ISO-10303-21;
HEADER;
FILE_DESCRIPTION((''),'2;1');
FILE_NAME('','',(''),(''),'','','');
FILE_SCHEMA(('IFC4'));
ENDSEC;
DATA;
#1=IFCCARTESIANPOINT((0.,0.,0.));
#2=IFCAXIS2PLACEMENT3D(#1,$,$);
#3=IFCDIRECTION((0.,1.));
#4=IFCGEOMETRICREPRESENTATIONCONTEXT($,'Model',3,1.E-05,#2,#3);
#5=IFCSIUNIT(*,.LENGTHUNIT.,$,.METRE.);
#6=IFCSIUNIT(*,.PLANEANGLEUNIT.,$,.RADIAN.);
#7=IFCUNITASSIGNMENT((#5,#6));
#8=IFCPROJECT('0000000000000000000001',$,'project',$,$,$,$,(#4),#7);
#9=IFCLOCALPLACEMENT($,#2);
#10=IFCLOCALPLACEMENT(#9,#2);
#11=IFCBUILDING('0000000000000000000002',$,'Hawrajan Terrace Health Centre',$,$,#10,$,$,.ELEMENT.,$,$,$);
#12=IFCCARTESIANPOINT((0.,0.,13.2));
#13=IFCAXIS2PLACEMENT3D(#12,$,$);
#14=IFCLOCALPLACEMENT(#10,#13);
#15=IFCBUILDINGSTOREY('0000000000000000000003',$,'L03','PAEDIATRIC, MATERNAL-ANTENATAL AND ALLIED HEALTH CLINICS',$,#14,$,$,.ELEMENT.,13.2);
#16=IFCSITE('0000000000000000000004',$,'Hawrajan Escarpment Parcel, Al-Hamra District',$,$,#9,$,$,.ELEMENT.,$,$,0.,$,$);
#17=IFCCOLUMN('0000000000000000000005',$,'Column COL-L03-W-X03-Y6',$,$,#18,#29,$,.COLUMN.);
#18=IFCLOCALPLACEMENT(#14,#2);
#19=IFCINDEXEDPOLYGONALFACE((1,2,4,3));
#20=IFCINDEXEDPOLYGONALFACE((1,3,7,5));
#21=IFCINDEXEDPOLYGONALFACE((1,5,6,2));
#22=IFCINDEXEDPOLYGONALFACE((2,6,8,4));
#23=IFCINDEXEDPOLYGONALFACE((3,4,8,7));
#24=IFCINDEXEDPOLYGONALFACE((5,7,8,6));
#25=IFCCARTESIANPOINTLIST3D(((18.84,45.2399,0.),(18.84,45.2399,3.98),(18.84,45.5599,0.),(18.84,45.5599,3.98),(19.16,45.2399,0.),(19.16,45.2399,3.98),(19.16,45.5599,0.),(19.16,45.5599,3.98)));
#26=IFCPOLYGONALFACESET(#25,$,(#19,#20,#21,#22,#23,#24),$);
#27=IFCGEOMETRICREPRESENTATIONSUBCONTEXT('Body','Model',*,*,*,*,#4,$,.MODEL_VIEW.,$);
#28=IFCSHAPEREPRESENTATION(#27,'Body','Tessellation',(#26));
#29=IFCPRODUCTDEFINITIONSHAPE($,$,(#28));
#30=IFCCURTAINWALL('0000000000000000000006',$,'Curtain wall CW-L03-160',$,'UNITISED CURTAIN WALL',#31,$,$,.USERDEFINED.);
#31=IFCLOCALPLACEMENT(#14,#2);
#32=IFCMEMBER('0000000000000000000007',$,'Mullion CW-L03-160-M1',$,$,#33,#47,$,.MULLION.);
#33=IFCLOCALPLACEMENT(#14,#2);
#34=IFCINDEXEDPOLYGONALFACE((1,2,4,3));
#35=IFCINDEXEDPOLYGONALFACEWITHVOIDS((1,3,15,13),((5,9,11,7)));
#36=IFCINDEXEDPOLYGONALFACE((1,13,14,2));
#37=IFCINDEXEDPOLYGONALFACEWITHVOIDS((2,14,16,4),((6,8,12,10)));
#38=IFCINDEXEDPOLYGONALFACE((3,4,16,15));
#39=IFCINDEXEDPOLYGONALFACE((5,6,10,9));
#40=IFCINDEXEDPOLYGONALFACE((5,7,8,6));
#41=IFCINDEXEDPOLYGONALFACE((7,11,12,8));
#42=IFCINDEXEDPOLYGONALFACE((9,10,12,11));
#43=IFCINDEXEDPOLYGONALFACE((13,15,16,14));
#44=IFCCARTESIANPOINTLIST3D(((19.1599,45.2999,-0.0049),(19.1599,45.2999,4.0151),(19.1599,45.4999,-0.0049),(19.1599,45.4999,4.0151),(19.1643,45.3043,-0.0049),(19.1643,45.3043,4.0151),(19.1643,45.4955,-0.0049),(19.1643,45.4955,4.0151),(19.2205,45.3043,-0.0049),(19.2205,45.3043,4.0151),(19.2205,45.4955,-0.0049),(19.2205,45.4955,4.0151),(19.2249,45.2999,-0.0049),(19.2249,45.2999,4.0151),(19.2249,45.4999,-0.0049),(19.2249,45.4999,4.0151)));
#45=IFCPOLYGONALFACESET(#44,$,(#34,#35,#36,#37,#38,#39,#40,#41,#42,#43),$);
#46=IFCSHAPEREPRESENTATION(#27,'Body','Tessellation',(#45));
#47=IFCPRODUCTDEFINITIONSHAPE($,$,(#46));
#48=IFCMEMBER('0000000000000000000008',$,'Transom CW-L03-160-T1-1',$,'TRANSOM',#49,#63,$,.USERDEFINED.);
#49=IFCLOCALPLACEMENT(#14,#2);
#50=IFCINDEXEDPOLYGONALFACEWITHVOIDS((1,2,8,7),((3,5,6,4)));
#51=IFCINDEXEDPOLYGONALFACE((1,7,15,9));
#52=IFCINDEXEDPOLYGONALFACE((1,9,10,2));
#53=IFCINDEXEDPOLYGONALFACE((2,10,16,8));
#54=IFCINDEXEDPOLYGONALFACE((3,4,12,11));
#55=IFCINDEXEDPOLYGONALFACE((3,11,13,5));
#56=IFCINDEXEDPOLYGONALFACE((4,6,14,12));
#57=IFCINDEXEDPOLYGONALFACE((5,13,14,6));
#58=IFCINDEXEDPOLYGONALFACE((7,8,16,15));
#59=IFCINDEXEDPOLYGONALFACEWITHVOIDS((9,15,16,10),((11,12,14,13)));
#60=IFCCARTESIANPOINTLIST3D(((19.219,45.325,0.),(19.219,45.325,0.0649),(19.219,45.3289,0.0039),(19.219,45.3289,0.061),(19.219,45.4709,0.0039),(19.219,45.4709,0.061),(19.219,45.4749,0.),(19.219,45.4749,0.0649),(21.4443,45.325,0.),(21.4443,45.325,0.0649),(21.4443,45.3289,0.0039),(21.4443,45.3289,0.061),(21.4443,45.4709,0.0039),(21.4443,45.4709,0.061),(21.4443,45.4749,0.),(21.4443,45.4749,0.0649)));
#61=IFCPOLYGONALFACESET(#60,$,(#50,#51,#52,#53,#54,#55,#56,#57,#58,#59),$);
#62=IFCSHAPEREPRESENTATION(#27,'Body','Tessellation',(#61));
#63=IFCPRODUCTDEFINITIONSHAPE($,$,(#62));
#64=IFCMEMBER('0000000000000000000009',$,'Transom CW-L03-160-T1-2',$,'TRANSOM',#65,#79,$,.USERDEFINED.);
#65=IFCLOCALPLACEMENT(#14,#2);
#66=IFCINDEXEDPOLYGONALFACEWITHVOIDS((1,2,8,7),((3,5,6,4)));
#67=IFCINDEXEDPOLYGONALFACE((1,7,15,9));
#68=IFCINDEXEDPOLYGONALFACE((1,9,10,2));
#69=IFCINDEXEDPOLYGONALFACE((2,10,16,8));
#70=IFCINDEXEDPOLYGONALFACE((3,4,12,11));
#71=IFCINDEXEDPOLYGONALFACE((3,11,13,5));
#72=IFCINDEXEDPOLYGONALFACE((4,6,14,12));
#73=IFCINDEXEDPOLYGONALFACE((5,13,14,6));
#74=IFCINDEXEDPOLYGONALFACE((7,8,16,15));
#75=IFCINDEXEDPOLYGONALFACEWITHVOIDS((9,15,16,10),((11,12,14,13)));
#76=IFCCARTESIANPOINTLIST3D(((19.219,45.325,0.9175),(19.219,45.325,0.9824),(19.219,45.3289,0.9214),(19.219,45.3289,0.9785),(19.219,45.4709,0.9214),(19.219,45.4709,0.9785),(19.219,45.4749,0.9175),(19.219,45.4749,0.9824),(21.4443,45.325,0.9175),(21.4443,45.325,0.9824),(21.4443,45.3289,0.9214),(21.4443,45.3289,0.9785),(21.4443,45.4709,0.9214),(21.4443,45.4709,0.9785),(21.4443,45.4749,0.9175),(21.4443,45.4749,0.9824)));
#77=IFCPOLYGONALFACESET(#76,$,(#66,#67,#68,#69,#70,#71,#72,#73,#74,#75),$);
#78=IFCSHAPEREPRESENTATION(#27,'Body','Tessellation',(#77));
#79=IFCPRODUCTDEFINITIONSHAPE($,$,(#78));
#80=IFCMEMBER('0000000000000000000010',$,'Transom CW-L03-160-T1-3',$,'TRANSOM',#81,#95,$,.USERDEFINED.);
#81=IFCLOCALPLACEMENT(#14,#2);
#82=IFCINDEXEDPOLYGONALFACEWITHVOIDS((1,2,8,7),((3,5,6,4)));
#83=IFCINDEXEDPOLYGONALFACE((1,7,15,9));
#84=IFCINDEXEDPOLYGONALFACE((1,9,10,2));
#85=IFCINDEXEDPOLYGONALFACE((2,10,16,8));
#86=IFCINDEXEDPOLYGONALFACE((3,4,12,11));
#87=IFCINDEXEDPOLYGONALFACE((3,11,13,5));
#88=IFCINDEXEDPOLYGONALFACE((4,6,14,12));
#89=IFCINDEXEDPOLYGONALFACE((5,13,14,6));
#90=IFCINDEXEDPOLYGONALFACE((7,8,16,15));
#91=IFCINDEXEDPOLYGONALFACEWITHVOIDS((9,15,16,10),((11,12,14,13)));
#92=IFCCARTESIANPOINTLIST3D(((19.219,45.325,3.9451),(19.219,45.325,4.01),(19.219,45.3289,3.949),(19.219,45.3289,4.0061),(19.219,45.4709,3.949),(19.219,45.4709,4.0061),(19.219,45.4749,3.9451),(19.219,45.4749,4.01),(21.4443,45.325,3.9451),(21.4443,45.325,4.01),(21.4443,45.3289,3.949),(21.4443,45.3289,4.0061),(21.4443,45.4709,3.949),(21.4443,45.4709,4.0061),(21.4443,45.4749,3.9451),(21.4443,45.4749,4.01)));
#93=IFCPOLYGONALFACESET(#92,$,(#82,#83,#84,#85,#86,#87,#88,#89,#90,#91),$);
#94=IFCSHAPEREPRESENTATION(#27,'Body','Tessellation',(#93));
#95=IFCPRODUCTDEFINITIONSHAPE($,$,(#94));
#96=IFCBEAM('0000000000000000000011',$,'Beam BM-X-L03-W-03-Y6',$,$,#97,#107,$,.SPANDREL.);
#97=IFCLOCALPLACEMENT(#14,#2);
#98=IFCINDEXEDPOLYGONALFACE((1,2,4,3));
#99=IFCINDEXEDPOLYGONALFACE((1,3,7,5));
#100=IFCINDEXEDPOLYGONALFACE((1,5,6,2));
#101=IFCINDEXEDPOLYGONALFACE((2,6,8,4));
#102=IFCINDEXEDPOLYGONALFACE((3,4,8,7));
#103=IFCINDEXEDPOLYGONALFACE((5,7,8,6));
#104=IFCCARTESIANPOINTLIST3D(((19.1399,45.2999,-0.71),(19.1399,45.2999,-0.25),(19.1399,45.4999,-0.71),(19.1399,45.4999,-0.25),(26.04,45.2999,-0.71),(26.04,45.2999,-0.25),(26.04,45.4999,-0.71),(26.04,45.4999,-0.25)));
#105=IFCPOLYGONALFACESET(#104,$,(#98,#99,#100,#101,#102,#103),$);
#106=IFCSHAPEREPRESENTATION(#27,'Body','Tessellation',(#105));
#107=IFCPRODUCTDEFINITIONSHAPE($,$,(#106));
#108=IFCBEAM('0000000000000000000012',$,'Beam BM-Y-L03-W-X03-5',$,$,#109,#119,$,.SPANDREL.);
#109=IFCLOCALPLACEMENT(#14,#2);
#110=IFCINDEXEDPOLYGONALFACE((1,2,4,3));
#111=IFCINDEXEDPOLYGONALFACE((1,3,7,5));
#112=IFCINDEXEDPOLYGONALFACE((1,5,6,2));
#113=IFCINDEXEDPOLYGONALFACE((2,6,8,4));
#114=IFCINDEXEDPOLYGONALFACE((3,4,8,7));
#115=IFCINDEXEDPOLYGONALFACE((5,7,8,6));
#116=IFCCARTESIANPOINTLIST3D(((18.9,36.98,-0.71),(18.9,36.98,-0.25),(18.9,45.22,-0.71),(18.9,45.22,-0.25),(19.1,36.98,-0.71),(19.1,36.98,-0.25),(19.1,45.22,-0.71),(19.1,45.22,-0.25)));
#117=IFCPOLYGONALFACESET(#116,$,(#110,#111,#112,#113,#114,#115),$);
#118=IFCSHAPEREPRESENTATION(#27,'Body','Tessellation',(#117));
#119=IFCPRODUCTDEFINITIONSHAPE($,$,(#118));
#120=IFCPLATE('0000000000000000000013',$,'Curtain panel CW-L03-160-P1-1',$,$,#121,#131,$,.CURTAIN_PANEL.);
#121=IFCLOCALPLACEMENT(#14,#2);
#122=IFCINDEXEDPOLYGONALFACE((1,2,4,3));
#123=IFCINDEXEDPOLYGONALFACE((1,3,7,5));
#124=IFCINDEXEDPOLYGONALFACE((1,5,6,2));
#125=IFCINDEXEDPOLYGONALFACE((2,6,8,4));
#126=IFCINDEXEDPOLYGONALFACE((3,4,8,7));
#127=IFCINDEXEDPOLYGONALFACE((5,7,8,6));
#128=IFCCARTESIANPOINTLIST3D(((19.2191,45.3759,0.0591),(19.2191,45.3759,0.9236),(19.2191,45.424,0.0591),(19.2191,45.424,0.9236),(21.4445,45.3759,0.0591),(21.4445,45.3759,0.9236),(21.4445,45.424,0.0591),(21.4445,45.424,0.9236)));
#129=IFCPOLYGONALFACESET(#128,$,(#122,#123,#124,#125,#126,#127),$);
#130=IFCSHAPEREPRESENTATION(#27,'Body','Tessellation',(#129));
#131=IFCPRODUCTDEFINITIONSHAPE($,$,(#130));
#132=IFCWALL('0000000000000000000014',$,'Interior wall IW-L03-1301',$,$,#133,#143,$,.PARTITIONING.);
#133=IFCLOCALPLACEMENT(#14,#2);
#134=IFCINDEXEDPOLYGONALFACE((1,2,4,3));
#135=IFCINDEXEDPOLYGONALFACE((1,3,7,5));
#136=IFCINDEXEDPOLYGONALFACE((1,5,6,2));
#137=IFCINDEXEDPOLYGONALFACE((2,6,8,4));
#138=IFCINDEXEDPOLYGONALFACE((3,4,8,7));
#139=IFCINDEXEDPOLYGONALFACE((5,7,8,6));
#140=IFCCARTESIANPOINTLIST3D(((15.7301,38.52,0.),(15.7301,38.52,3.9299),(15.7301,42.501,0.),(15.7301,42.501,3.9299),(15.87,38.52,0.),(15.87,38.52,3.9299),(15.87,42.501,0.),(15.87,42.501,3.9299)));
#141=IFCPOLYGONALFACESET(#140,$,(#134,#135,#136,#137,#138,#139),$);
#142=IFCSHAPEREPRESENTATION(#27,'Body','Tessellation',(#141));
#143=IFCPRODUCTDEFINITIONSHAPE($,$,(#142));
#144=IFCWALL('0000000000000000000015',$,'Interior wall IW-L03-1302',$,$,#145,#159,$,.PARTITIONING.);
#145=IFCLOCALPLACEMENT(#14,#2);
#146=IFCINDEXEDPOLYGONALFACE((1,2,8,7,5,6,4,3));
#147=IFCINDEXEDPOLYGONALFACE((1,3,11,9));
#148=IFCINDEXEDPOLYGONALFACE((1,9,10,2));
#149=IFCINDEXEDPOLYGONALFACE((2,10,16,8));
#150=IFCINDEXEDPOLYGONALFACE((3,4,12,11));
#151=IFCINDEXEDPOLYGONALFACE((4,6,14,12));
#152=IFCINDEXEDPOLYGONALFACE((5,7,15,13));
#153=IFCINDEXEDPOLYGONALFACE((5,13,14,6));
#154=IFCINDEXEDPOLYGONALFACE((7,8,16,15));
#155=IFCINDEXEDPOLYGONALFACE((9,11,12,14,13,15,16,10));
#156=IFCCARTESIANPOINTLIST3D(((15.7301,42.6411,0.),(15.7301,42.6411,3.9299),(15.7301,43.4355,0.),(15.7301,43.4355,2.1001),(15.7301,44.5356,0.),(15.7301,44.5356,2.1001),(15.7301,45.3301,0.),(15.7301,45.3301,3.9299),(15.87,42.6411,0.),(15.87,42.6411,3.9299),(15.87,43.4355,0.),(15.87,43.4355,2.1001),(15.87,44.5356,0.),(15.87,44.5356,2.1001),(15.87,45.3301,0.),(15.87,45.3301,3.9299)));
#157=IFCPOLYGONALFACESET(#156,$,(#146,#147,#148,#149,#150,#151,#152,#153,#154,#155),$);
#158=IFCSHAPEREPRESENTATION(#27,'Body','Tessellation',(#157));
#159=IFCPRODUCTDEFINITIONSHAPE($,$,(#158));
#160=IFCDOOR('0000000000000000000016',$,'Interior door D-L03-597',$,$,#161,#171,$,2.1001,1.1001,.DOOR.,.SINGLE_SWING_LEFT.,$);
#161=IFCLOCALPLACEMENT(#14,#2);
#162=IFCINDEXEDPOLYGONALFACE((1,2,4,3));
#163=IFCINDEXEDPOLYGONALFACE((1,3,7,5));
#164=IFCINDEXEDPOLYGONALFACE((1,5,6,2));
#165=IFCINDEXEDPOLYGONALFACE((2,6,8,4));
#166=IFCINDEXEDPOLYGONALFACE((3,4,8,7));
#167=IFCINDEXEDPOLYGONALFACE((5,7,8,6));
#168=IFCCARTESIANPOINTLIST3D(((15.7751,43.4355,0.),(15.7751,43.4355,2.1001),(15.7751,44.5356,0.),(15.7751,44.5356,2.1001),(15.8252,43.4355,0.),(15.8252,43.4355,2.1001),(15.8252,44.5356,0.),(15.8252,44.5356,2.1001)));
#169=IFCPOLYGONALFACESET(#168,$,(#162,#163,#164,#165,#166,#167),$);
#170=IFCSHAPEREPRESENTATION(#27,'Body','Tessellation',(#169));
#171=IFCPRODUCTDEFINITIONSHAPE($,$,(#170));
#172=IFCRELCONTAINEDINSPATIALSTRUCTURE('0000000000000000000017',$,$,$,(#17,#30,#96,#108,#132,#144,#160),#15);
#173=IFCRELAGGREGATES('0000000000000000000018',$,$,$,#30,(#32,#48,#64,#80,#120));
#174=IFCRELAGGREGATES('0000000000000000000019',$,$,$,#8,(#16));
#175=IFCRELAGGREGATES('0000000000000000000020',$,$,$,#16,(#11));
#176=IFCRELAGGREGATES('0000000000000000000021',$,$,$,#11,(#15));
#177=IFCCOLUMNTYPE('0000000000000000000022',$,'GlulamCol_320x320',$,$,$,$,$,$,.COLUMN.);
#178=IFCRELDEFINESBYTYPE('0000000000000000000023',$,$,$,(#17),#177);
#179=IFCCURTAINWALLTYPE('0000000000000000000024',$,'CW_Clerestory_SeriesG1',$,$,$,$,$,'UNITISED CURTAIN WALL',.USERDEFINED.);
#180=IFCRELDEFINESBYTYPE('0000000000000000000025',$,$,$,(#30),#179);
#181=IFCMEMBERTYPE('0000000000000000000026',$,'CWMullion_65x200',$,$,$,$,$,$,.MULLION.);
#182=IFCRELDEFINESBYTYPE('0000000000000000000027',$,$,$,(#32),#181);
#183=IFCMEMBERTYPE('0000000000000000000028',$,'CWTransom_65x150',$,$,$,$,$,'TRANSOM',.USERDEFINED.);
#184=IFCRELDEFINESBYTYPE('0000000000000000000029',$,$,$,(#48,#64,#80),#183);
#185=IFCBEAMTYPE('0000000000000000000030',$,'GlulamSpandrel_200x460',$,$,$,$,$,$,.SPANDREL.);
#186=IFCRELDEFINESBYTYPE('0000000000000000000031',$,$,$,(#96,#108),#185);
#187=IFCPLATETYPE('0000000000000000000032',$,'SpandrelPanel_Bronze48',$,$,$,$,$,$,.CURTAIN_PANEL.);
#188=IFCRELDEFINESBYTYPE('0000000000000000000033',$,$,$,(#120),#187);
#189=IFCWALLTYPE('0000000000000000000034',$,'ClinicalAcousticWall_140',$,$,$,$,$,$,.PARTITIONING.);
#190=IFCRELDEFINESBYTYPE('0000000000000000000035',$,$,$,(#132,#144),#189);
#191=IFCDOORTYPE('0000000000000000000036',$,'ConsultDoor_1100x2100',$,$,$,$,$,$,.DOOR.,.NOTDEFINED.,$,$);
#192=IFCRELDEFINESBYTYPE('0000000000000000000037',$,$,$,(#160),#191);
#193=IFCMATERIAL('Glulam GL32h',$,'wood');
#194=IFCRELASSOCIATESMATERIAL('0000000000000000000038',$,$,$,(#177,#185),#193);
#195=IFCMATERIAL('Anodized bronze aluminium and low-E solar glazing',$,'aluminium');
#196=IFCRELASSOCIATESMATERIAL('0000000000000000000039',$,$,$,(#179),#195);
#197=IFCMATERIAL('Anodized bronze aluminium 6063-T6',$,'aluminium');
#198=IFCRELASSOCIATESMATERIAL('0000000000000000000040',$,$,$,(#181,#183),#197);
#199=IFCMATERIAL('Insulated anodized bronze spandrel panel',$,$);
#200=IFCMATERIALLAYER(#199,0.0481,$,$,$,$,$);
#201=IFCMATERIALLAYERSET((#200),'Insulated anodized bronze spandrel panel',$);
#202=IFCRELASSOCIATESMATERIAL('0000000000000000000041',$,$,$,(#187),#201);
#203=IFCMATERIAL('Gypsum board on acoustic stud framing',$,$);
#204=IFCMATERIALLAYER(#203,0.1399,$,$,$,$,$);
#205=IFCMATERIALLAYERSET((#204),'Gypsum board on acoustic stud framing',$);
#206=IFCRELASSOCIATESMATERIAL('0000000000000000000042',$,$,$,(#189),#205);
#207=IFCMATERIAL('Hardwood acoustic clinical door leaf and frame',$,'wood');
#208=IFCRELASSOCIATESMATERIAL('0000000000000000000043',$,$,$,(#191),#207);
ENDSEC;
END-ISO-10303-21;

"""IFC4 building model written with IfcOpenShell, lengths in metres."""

from ifc_helpers import new_model, si_unit, direction, frame, frame_2d, origin, origin_2d, place, context, subcontext, project, spatial, rectangle, hollow_rectangle, extrude, material, layer, layer_set, material_profile, profile_set, type_object, element, fill, aggregate, save


model = new_model("IFC4")

# Units and contexts
model_context = context("Model", 3, precision=1e-05, world=origin(), true_north=direction((0.0, 1.0)))
body_context = subcontext(model_context, "Body", "Model", "MODEL_VIEW")
ifc_project = project(units=[si_unit("LENGTHUNIT", "METRE"), si_unit("PLANEANGLEUNIT", "RADIAN")], contexts=[model_context])

# Site, building, storey
site_placement = place(None, origin())
site = spatial("IfcSite", under=ifc_project, at=site_placement, Name="Hawrajan Escarpment Parcel, Al-Hamra District", CompositionType="ELEMENT", RefElevation=0.0)
building_placement = place(site_placement, origin())
building = spatial("IfcBuilding", under=site, at=building_placement, Name="Hawrajan Terrace Health Centre", CompositionType="ELEMENT")
storey_placement = place(building_placement, frame((0.0, 0.0, 13.2)))
storey = spatial("IfcBuildingStorey", under=building, at=storey_placement, Name="L03", Description="PAEDIATRIC, MATERNAL-ANTENATAL AND ALLIED HEALTH CLINICS", CompositionType="ELEMENT", Elevation=13.2)

# Column
ifc_material_1 = material(Name="Glulam GL32h", Category="wood")
ifc_material_profile_1 = material_profile(ifc_material_1, rectangle(XDim=0.3201, YDim=0.3201, at=origin_2d()), Name="GL 320x320")
ifc_profile_set_1 = profile_set([ifc_material_profile_1], Name="Glulam GL32h")
column_type = type_object("IfcColumnType", Name="GlulamCol_320x320", PredefinedType="COLUMN", material=ifc_profile_set_1)
column_placement = place(storey_placement, frame((19.0, 45.3999, 0.0), z_axis=(0.0, 0.0, 1.0), x_axis=(1.0, 0.0, 0.0)))
element("IfcColumn", 1, at=column_placement, inside=storey, type_object=column_type, Name="Column COL-L03-W-X03-Y6", PredefinedType="COLUMN", context=body_context, shape_type="SweptSolid", body=[
    extrude(rectangle(XDim=0.3201, YDim=0.3201, at=origin_2d()), origin(), (0.0, 0.0, 1.0), 3.98),
])

# Curtain wall, members
ifc_material_2 = material(Name="Anodized bronze aluminium and low-E solar glazing", Category="aluminium")
curtain_wall_type = type_object("IfcCurtainWallType", Name="CW_Clerestory_SeriesG1", ElementType="UNITISED CURTAIN WALL", PredefinedType="USERDEFINED", material=ifc_material_2)
curtain_wall_placement = place(storey_placement, origin())
curtain_wall = element("IfcCurtainWall", 2, at=curtain_wall_placement, inside=storey, type_object=curtain_wall_type, Name="Curtain wall CW-L03-160", ObjectType="UNITISED CURTAIN WALL", PredefinedType="USERDEFINED")
ifc_material_3 = material(Name="Anodized bronze aluminium 6063-T6", Category="aluminium")
ifc_material_profile_2 = material_profile(ifc_material_3, hollow_rectangle(XDim=0.0649, YDim=0.2, WallThickness=0.0044, at=origin_2d()), Name="CW MUL 65x200")
ifc_profile_set_2 = profile_set([ifc_material_profile_2], Name="Anodized bronze aluminium 6063-T6")
member_type_1 = type_object("IfcMemberType", Name="CWMullion_65x200", PredefinedType="MULLION", material=ifc_profile_set_2)
member_1_placement = place(storey_placement, frame((19.1924, 45.3999, -0.0049), z_axis=(0.0, 0.0, 1.0), x_axis=(1.0, 0.0, 0.0)))
member_1 = element("IfcMember", 3, at=member_1_placement, type_object=member_type_1, Name="Mullion CW-L03-160-M1", PredefinedType="MULLION", context=body_context, shape_type="SweptSolid", body=[
    extrude(hollow_rectangle(XDim=0.0649, YDim=0.2, WallThickness=0.0044, at=origin_2d()), origin(), (0.0, 0.0, 1.0), 4.02),
])
ifc_material_profile_3 = material_profile(ifc_material_3, hollow_rectangle(XDim=0.0649, YDim=0.1499, WallThickness=0.0039, at=origin_2d()), Name="CW TRN 65x150")
ifc_profile_set_3 = profile_set([ifc_material_profile_3], Name="Anodized bronze aluminium 6063-T6")
member_type_2 = type_object("IfcMemberType", Name="CWTransom_65x150", ElementType="TRANSOM", PredefinedType="USERDEFINED", material=ifc_profile_set_3)
member_2_placement = place(storey_placement, frame((19.219, 45.3999, 0.0325), z_axis=(1.0, 0.0, 0.0), x_axis=(0.0, 0.0, 1.0)))
member_2 = element("IfcMember", 4, at=member_2_placement, type_object=member_type_2, Name="Transom CW-L03-160-T1-1", ObjectType="TRANSOM", PredefinedType="USERDEFINED", context=body_context, shape_type="SweptSolid", body=[
    extrude(hollow_rectangle(XDim=0.0649, YDim=0.1499, WallThickness=0.0039, at=origin_2d()), origin(), (0.0, 0.0, 1.0), 2.2253),
])
member_3_placement = place(storey_placement, frame((19.219, 45.3999, 0.95), z_axis=(1.0, 0.0, 0.0), x_axis=(0.0, 0.0, 1.0)))
member_3 = element("IfcMember", 5, at=member_3_placement, type_object=member_type_2, Name="Transom CW-L03-160-T1-2", ObjectType="TRANSOM", PredefinedType="USERDEFINED", context=body_context, shape_type="SweptSolid", body=[
    extrude(hollow_rectangle(XDim=0.0649, YDim=0.1499, WallThickness=0.0039, at=origin_2d()), origin(), (0.0, 0.0, 1.0), 2.2253),
])
member_4_placement = place(storey_placement, frame((19.219, 45.3999, 3.9775), z_axis=(1.0, 0.0, 0.0), x_axis=(0.0, 0.0, 1.0)))
member_4 = element("IfcMember", 6, at=member_4_placement, type_object=member_type_2, Name="Transom CW-L03-160-T1-3", ObjectType="TRANSOM", PredefinedType="USERDEFINED", context=body_context, shape_type="SweptSolid", body=[
    extrude(hollow_rectangle(XDim=0.0649, YDim=0.1499, WallThickness=0.0039, at=origin_2d()), origin(), (0.0, 0.0, 1.0), 2.2253),
])

# Beams
ifc_material_profile_4 = material_profile(ifc_material_1, rectangle(XDim=0.2, YDim=0.46, at=origin_2d()), Name="GL SP 200x460")
ifc_profile_set_4 = profile_set([ifc_material_profile_4], Name="Glulam GL32h")
beam_type = type_object("IfcBeamType", Name="GlulamSpandrel_200x460", PredefinedType="SPANDREL", material=ifc_profile_set_4)
beam_1_placement = place(storey_placement, frame((19.1399, 45.3999, -0.48), z_axis=(1.0, 0.0, 0.0), x_axis=(0.0, 1.0, 0.0)))
element("IfcBeam", 7, at=beam_1_placement, inside=storey, type_object=beam_type, Name="Beam BM-X-L03-W-03-Y6", PredefinedType="SPANDREL", context=body_context, shape_type="SweptSolid", body=[
    extrude(rectangle(XDim=0.2, YDim=0.46, at=origin_2d()), origin(), (0.0, 0.0, 1.0), 6.9001),
])
beam_2_placement = place(storey_placement, frame((19.0, 36.98, -0.48), z_axis=(0.0, 1.0, 0.0), x_axis=(-1.0, 0.0, 0.0)))
element("IfcBeam", 8, at=beam_2_placement, inside=storey, type_object=beam_type, Name="Beam BM-Y-L03-W-X03-5", PredefinedType="SPANDREL", context=body_context, shape_type="SweptSolid", body=[
    extrude(rectangle(XDim=0.2, YDim=0.46, at=origin_2d()), origin(), (0.0, 0.0, 1.0), 8.24),
])

# Plate
ifc_material_4 = material(Name="Insulated anodized bronze spandrel panel")
ifc_layer_1 = layer(ifc_material_4, 0.0481)
ifc_layer_set_1 = layer_set([ifc_layer_1], Name="Insulated anodized bronze spandrel panel")
plate_type = type_object("IfcPlateType", Name="SpandrelPanel_Bronze48", PredefinedType="CURTAIN_PANEL", material=ifc_layer_set_1)
plate_placement = place(storey_placement, frame((20.3318, 45.3999, 0.0591), z_axis=(0.0, 0.0, 1.0), x_axis=(1.0, 0.0, 0.0)))
plate = element("IfcPlate", 9, at=plate_placement, type_object=plate_type, Name="Curtain panel CW-L03-160-P1-1", PredefinedType="CURTAIN_PANEL", context=body_context, shape_type="SweptSolid", body=[
    extrude(rectangle(XDim=2.2253, YDim=0.0481, at=origin_2d()), origin(), (0.0, 0.0, 1.0), 0.8645),
])
aggregate(curtain_wall, [member_1, member_2, member_3, member_4, plate])

# Wall
ifc_material_5 = material(Name="Gypsum board on acoustic stud framing")
ifc_layer_2 = layer(ifc_material_5, 0.1399)
ifc_layer_set_2 = layer_set([ifc_layer_2], Name="Gypsum board on acoustic stud framing")
wall_type_1 = type_object("IfcWallType", Name="ClinicalAcousticWall_140", PredefinedType="PARTITIONING", material=ifc_layer_set_2)
wall_1_placement = place(storey_placement, frame((15.8, 38.52, 0.0), z_axis=(0.0, 0.0, 1.0), x_axis=(0.0, 1.0, 0.0)))
element("IfcWall", 10, at=wall_1_placement, inside=storey, type_object=wall_type_1, Name="Interior wall IW-L03-1301", PredefinedType="PARTITIONING", context=body_context, shape_type="SweptSolid", body=[
    extrude(rectangle(XDim=3.981, YDim=0.1399, at=frame_2d((1.9905, 0.0))), origin(), (0.0, 0.0, 1.0), 3.9299),
])

# Wall, opening, door
wall_2_placement = place(storey_placement, frame((15.8, 42.6411, 0.0), z_axis=(0.0, 0.0, 1.0), x_axis=(0.0, 1.0, 0.0)))
wall_2 = element("IfcWall", 11, at=wall_2_placement, inside=storey, type_object=wall_type_1, Name="Interior wall IW-L03-1302", PredefinedType="PARTITIONING", context=body_context, shape_type="SweptSolid", body=[
    extrude(rectangle(XDim=2.689, YDim=0.1399, at=frame_2d((1.3445, 0.0))), origin(), (0.0, 0.0, 1.0), 3.9299),
])
opening_1_placement = place(wall_2_placement, frame((0.7944, 0.0, 0.0)))
opening_1 = element("IfcOpeningElement", 12, at=opening_1_placement, cuts=wall_2, PredefinedType="OPENING", context=body_context, shape_type="SweptSolid", body=[
    extrude(rectangle(XDim=1.1001, YDim=2.1001, at=frame_2d((0.55, 1.05))), frame((0.0, 0.0798, 0.0), z_axis=(0.0, -1.0, 0.0), x_axis=(1.0, 0.0, 0.0)), (0.0, 0.0, 1.0), 0.1599),
])
ifc_material_6 = material(Name="Hardwood acoustic clinical door leaf and frame", Category="wood")
door_type = type_object("IfcDoorType", Name="ConsultDoor_1100x2100", OperationType="NOTDEFINED", PredefinedType="DOOR", material=ifc_material_6)
door_placement = place(opening_1_placement, origin())
door = element("IfcDoor", 13, at=door_placement, inside=storey, type_object=door_type, Name="Interior door D-L03-597", OperationType="SINGLE_SWING_LEFT", OverallHeight=2.1001, OverallWidth=1.1001, PredefinedType="DOOR", context=body_context, shape_type="SweptSolid", body=[
    extrude(rectangle(XDim=1.1001, YDim=2.1001, at=frame_2d((0.55, 1.05))), frame((0.0, 0.0249, 0.0), z_axis=(0.0, -1.0, 0.0), x_axis=(1.0, 0.0, 0.0)), (0.0, 0.0, 1.0), 0.05),
])
fill(opening_1, door)

save(model, "model.ifc")
